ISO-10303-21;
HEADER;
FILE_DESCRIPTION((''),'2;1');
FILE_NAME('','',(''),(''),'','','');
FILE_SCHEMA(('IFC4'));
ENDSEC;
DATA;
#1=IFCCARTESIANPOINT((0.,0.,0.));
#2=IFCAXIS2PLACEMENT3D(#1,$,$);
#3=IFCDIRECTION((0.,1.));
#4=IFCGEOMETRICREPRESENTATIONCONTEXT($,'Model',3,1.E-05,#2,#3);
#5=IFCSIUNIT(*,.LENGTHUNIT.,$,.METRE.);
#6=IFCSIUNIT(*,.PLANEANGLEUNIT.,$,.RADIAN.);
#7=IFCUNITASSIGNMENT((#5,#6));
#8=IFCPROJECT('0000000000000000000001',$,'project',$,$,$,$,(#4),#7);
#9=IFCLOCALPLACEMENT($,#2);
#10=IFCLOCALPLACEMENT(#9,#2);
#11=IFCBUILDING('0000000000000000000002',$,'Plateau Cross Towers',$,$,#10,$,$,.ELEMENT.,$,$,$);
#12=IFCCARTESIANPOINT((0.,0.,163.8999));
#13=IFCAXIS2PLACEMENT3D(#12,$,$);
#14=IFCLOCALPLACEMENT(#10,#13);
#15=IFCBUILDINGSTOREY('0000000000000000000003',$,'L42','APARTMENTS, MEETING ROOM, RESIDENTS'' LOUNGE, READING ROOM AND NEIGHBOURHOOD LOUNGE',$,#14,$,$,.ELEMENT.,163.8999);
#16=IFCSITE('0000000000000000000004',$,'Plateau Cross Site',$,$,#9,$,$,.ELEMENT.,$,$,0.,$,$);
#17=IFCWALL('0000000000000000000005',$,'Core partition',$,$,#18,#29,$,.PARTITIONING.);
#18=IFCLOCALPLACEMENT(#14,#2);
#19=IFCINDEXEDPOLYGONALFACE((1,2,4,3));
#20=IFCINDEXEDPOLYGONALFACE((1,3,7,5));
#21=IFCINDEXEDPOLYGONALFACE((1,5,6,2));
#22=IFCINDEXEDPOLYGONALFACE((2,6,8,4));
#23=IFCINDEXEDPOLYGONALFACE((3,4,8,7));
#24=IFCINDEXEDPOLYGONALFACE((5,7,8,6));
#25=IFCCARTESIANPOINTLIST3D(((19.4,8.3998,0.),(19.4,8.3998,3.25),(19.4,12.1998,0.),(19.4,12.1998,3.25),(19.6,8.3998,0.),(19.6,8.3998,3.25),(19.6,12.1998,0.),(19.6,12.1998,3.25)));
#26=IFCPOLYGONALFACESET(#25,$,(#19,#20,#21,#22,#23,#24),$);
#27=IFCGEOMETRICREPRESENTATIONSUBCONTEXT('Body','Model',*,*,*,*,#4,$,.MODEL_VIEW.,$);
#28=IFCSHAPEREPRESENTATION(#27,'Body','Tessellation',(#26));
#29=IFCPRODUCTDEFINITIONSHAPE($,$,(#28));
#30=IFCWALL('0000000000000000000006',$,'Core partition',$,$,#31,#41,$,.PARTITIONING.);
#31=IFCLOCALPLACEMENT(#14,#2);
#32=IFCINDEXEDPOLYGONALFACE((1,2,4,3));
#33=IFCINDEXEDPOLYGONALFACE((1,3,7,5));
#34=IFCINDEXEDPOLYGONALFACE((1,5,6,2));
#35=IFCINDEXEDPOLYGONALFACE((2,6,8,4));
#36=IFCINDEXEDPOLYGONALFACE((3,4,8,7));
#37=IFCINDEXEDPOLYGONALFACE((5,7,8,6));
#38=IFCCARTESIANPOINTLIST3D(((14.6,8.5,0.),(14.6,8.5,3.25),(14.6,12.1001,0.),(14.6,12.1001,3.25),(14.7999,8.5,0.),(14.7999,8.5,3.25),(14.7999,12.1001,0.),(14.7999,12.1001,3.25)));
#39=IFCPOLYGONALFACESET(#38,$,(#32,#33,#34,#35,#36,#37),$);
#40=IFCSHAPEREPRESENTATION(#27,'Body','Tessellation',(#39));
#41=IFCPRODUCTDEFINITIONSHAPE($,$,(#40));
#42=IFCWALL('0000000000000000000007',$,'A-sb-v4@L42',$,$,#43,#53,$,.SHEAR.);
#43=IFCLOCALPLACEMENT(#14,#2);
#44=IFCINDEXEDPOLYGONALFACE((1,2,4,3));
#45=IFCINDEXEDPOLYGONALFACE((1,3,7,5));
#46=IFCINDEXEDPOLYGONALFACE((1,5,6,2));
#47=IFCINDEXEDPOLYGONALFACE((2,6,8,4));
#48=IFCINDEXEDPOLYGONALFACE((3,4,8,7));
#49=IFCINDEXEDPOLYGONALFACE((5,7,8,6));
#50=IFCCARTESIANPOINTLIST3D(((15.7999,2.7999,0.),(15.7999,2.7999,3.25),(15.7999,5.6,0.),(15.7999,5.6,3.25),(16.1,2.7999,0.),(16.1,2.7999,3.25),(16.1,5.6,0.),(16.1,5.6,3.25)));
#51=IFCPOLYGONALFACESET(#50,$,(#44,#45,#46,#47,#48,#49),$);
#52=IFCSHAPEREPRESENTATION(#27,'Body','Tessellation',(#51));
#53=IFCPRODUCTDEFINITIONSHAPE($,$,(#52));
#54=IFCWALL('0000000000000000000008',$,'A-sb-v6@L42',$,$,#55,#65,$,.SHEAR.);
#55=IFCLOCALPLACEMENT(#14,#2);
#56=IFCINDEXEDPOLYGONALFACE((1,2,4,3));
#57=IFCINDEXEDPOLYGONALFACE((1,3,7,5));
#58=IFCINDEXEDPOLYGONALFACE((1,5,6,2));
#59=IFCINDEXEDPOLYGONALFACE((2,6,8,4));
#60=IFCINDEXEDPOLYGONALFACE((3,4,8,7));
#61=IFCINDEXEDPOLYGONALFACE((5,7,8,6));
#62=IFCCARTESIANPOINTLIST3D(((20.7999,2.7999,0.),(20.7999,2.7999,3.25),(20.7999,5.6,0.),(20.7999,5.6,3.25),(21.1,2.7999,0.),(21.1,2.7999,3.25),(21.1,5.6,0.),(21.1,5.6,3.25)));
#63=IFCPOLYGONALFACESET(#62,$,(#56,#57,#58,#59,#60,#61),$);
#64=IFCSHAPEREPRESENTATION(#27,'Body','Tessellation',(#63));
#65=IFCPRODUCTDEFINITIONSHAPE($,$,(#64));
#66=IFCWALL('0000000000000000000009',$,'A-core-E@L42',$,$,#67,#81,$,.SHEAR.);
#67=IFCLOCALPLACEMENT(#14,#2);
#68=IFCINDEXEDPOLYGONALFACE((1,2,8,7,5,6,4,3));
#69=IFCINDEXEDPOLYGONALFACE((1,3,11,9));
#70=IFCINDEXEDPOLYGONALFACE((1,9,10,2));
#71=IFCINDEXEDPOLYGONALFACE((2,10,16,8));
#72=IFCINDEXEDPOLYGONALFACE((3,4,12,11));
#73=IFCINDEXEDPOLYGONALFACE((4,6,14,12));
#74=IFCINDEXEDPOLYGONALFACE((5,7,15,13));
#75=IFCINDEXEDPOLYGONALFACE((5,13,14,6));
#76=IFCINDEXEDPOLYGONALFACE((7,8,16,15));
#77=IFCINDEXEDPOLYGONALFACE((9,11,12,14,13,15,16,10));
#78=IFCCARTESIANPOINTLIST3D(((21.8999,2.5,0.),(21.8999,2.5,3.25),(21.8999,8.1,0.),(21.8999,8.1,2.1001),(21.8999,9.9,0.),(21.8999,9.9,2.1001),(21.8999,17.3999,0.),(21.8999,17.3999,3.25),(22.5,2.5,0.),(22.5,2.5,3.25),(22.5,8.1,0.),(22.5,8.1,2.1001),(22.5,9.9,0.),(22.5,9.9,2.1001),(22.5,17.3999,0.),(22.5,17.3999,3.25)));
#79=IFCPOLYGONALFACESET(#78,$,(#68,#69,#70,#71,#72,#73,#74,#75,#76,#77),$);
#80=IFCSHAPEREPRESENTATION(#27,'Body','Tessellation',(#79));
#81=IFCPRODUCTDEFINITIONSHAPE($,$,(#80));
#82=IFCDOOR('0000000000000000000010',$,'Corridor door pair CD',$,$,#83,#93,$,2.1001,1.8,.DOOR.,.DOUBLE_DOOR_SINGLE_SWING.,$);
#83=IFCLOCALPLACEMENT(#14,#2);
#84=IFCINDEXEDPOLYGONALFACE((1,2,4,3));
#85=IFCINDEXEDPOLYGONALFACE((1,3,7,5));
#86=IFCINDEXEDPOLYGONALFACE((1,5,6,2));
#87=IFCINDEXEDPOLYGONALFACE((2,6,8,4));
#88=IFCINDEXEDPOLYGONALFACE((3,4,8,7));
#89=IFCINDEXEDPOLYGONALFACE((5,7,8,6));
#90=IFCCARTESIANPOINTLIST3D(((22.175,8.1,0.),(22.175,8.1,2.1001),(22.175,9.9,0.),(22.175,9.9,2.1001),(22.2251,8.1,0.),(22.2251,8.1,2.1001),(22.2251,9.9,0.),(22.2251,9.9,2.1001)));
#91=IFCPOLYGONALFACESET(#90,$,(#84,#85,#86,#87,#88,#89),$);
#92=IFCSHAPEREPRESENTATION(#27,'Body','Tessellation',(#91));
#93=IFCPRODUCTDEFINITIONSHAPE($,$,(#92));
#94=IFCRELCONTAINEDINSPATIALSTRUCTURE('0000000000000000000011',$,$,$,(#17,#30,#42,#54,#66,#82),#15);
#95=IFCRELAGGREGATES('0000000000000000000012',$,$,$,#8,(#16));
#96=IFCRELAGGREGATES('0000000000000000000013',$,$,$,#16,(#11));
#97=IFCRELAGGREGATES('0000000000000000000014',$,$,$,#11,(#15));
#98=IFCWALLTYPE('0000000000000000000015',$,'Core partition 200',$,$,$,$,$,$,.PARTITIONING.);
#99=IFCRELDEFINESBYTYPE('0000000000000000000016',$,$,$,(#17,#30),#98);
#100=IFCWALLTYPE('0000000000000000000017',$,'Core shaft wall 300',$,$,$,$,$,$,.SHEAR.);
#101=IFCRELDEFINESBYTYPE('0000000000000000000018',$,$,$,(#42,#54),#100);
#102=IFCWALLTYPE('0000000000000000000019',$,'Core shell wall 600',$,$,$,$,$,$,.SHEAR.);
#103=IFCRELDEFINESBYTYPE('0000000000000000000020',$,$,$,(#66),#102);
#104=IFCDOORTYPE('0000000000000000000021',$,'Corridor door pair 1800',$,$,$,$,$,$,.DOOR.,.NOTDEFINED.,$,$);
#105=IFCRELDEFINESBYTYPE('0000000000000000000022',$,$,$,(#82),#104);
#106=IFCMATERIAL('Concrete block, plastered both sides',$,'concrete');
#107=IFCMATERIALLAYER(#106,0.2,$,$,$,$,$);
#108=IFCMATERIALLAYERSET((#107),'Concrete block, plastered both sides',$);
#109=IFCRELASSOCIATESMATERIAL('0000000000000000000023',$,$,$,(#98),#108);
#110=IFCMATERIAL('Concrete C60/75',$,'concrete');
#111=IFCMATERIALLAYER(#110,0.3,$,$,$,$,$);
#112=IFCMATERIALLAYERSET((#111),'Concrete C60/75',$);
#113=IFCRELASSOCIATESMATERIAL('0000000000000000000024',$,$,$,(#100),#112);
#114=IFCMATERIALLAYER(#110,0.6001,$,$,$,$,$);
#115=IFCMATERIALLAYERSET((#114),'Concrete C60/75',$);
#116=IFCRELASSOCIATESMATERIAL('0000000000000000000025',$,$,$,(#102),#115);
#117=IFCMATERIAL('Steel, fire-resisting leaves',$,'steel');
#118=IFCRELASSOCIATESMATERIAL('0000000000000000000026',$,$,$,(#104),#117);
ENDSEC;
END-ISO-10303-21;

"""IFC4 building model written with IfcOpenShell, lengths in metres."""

from ifc_helpers import new_model, si_unit, direction, frame, frame_2d, origin, place, context, subcontext, project, spatial, rectangle, extrude, material, layer, layer_set, type_object, element, fill, save


model = new_model("IFC4")

# Units and contexts
model_context = context("Model", 3, precision=1e-05, world=origin(), true_north=direction((0.0, 1.0)))
body_context = subcontext(model_context, "Body", "Model", "MODEL_VIEW")
ifc_project = project(units=[si_unit("LENGTHUNIT", "METRE"), si_unit("PLANEANGLEUNIT", "RADIAN")], contexts=[model_context])

# Site, building, storey
site_placement = place(None, origin())
site = spatial("IfcSite", under=ifc_project, at=site_placement, Name="Plateau Cross Site", CompositionType="ELEMENT", RefElevation=0.0)
building_placement = place(site_placement, origin())
building = spatial("IfcBuilding", under=site, at=building_placement, Name="Plateau Cross Towers", CompositionType="ELEMENT")
storey_placement = place(building_placement, frame((0.0, 0.0, 163.8999)))
storey = spatial("IfcBuildingStorey", under=building, at=storey_placement, Name="L42", Description="APARTMENTS, MEETING ROOM, RESIDENTS' LOUNGE, READING ROOM AND NEIGHBOURHOOD LOUNGE", CompositionType="ELEMENT", Elevation=163.8999)

# Walls
ifc_material_1 = material(Name="Concrete block, plastered both sides", Category="concrete")
ifc_layer_1 = layer(ifc_material_1, 0.2)
ifc_layer_set_1 = layer_set([ifc_layer_1], Name="Concrete block, plastered both sides")
wall_type_1 = type_object("IfcWallType", Name="Core partition 200", PredefinedType="PARTITIONING", material=ifc_layer_set_1)
wall_1_placement = place(storey_placement, frame((19.5, 8.3999, 0.0), z_axis=(0.0, 0.0, 1.0), x_axis=(0.0, 1.0, 0.0)))
element("IfcWall", 1, at=wall_1_placement, inside=storey, type_object=wall_type_1, Name="Core partition", PredefinedType="PARTITIONING", context=body_context, shape_type="SweptSolid", body=[
    extrude(rectangle(XDim=3.8, YDim=0.2, at=frame_2d((1.8999, 0.0))), origin(), (0.0, 0.0, 1.0), 3.25),
])
wall_2_placement = place(storey_placement, frame((14.7, 8.5, 0.0), z_axis=(0.0, 0.0, 1.0), x_axis=(0.0, 1.0, 0.0)))
element("IfcWall", 2, at=wall_2_placement, inside=storey, type_object=wall_type_1, Name="Core partition", PredefinedType="PARTITIONING", context=body_context, shape_type="SweptSolid", body=[
    extrude(rectangle(XDim=3.6001, YDim=0.2, at=frame_2d((1.8, 0.0))), origin(), (0.0, 0.0, 1.0), 3.25),
])
ifc_material_2 = material(Name="Concrete C60/75", Category="concrete")
ifc_layer_2 = layer(ifc_material_2, 0.3)
ifc_layer_set_2 = layer_set([ifc_layer_2], Name="Concrete C60/75")
wall_type_2 = type_object("IfcWallType", Name="Core shaft wall 300", PredefinedType="SHEAR", material=ifc_layer_set_2)
for number, where, z_axis, x_axis, name in (
    (3, (15.95, 2.8, 0.0), (0.0, 0.0, 1.0), (0.0, 1.0, 0.0), "A-sb-v4@L42"),
    (4, (20.95, 2.8, 0.0), (0.0, 0.0, 1.0), (0.0, 1.0, 0.0), "A-sb-v6@L42"),
):
    element("IfcWall", number, at=place(storey_placement, frame(where, z_axis=z_axis, x_axis=x_axis)), inside=storey, type_object=wall_type_2, Name=name, PredefinedType="SHEAR", context=body_context, shape_type="SweptSolid", body=[
        extrude(rectangle(XDim=2.8, YDim=0.3, at=frame_2d((1.3999, 0.0))), origin(), (0.0, 0.0, 1.0), 3.25),
    ])

# Wall, opening, door
ifc_layer_3 = layer(ifc_material_2, 0.6001)
ifc_layer_set_3 = layer_set([ifc_layer_3], Name="Concrete C60/75")
wall_type_3 = type_object("IfcWallType", Name="Core shell wall 600", PredefinedType="SHEAR", material=ifc_layer_set_3)
wall_3_placement = place(storey_placement, frame((22.2, 2.5, 0.0), z_axis=(0.0, 0.0, 1.0), x_axis=(0.0, 1.0, 0.0)))
wall_3 = element("IfcWall", 5, at=wall_3_placement, inside=storey, type_object=wall_type_3, Name="A-core-E@L42", PredefinedType="SHEAR", context=body_context, shape_type="SweptSolid", body=[
    extrude(rectangle(XDim=14.8999, YDim=0.6001, at=frame_2d((7.45, 0.0))), origin(), (0.0, 0.0, 1.0), 3.25),
])
opening_1_placement = place(wall_3_placement, frame((5.6001, 0.0, 0.0)))
opening_1 = element("IfcOpeningElement", 6, at=opening_1_placement, cuts=wall_3, PredefinedType="OPENING", context=body_context, shape_type="SweptSolid", body=[
    extrude(rectangle(XDim=1.8, YDim=2.1001, at=frame_2d((0.8999, 1.05))), frame((0.0, 0.3101, 0.0), z_axis=(0.0, -1.0, 0.0), x_axis=(1.0, 0.0, 0.0)), (0.0, 0.0, 1.0), 0.6201),
])
ifc_material_3 = material(Name="Steel, fire-resisting leaves", Category="steel")
door_type_1 = type_object("IfcDoorType", Name="Corridor door pair 1800", OperationType="NOTDEFINED", PredefinedType="DOOR", material=ifc_material_3)
door_1_placement = place(opening_1_placement, origin())
door_1 = element("IfcDoor", 7, at=door_1_placement, inside=storey, type_object=door_type_1, Name="Corridor door pair CD", OperationType="DOUBLE_DOOR_SINGLE_SWING", OverallHeight=2.1001, OverallWidth=1.8, PredefinedType="DOOR", context=body_context, shape_type="SweptSolid", body=[
    extrude(rectangle(XDim=1.8, YDim=2.1001, at=frame_2d((0.8999, 1.05))), frame((0.0, 0.0249, 0.0), z_axis=(0.0, -1.0, 0.0), x_axis=(1.0, 0.0, 0.0)), (0.0, 0.0, 1.0), 0.05),
])
fill(opening_1, door_1)

save(model, "model.ifc")
